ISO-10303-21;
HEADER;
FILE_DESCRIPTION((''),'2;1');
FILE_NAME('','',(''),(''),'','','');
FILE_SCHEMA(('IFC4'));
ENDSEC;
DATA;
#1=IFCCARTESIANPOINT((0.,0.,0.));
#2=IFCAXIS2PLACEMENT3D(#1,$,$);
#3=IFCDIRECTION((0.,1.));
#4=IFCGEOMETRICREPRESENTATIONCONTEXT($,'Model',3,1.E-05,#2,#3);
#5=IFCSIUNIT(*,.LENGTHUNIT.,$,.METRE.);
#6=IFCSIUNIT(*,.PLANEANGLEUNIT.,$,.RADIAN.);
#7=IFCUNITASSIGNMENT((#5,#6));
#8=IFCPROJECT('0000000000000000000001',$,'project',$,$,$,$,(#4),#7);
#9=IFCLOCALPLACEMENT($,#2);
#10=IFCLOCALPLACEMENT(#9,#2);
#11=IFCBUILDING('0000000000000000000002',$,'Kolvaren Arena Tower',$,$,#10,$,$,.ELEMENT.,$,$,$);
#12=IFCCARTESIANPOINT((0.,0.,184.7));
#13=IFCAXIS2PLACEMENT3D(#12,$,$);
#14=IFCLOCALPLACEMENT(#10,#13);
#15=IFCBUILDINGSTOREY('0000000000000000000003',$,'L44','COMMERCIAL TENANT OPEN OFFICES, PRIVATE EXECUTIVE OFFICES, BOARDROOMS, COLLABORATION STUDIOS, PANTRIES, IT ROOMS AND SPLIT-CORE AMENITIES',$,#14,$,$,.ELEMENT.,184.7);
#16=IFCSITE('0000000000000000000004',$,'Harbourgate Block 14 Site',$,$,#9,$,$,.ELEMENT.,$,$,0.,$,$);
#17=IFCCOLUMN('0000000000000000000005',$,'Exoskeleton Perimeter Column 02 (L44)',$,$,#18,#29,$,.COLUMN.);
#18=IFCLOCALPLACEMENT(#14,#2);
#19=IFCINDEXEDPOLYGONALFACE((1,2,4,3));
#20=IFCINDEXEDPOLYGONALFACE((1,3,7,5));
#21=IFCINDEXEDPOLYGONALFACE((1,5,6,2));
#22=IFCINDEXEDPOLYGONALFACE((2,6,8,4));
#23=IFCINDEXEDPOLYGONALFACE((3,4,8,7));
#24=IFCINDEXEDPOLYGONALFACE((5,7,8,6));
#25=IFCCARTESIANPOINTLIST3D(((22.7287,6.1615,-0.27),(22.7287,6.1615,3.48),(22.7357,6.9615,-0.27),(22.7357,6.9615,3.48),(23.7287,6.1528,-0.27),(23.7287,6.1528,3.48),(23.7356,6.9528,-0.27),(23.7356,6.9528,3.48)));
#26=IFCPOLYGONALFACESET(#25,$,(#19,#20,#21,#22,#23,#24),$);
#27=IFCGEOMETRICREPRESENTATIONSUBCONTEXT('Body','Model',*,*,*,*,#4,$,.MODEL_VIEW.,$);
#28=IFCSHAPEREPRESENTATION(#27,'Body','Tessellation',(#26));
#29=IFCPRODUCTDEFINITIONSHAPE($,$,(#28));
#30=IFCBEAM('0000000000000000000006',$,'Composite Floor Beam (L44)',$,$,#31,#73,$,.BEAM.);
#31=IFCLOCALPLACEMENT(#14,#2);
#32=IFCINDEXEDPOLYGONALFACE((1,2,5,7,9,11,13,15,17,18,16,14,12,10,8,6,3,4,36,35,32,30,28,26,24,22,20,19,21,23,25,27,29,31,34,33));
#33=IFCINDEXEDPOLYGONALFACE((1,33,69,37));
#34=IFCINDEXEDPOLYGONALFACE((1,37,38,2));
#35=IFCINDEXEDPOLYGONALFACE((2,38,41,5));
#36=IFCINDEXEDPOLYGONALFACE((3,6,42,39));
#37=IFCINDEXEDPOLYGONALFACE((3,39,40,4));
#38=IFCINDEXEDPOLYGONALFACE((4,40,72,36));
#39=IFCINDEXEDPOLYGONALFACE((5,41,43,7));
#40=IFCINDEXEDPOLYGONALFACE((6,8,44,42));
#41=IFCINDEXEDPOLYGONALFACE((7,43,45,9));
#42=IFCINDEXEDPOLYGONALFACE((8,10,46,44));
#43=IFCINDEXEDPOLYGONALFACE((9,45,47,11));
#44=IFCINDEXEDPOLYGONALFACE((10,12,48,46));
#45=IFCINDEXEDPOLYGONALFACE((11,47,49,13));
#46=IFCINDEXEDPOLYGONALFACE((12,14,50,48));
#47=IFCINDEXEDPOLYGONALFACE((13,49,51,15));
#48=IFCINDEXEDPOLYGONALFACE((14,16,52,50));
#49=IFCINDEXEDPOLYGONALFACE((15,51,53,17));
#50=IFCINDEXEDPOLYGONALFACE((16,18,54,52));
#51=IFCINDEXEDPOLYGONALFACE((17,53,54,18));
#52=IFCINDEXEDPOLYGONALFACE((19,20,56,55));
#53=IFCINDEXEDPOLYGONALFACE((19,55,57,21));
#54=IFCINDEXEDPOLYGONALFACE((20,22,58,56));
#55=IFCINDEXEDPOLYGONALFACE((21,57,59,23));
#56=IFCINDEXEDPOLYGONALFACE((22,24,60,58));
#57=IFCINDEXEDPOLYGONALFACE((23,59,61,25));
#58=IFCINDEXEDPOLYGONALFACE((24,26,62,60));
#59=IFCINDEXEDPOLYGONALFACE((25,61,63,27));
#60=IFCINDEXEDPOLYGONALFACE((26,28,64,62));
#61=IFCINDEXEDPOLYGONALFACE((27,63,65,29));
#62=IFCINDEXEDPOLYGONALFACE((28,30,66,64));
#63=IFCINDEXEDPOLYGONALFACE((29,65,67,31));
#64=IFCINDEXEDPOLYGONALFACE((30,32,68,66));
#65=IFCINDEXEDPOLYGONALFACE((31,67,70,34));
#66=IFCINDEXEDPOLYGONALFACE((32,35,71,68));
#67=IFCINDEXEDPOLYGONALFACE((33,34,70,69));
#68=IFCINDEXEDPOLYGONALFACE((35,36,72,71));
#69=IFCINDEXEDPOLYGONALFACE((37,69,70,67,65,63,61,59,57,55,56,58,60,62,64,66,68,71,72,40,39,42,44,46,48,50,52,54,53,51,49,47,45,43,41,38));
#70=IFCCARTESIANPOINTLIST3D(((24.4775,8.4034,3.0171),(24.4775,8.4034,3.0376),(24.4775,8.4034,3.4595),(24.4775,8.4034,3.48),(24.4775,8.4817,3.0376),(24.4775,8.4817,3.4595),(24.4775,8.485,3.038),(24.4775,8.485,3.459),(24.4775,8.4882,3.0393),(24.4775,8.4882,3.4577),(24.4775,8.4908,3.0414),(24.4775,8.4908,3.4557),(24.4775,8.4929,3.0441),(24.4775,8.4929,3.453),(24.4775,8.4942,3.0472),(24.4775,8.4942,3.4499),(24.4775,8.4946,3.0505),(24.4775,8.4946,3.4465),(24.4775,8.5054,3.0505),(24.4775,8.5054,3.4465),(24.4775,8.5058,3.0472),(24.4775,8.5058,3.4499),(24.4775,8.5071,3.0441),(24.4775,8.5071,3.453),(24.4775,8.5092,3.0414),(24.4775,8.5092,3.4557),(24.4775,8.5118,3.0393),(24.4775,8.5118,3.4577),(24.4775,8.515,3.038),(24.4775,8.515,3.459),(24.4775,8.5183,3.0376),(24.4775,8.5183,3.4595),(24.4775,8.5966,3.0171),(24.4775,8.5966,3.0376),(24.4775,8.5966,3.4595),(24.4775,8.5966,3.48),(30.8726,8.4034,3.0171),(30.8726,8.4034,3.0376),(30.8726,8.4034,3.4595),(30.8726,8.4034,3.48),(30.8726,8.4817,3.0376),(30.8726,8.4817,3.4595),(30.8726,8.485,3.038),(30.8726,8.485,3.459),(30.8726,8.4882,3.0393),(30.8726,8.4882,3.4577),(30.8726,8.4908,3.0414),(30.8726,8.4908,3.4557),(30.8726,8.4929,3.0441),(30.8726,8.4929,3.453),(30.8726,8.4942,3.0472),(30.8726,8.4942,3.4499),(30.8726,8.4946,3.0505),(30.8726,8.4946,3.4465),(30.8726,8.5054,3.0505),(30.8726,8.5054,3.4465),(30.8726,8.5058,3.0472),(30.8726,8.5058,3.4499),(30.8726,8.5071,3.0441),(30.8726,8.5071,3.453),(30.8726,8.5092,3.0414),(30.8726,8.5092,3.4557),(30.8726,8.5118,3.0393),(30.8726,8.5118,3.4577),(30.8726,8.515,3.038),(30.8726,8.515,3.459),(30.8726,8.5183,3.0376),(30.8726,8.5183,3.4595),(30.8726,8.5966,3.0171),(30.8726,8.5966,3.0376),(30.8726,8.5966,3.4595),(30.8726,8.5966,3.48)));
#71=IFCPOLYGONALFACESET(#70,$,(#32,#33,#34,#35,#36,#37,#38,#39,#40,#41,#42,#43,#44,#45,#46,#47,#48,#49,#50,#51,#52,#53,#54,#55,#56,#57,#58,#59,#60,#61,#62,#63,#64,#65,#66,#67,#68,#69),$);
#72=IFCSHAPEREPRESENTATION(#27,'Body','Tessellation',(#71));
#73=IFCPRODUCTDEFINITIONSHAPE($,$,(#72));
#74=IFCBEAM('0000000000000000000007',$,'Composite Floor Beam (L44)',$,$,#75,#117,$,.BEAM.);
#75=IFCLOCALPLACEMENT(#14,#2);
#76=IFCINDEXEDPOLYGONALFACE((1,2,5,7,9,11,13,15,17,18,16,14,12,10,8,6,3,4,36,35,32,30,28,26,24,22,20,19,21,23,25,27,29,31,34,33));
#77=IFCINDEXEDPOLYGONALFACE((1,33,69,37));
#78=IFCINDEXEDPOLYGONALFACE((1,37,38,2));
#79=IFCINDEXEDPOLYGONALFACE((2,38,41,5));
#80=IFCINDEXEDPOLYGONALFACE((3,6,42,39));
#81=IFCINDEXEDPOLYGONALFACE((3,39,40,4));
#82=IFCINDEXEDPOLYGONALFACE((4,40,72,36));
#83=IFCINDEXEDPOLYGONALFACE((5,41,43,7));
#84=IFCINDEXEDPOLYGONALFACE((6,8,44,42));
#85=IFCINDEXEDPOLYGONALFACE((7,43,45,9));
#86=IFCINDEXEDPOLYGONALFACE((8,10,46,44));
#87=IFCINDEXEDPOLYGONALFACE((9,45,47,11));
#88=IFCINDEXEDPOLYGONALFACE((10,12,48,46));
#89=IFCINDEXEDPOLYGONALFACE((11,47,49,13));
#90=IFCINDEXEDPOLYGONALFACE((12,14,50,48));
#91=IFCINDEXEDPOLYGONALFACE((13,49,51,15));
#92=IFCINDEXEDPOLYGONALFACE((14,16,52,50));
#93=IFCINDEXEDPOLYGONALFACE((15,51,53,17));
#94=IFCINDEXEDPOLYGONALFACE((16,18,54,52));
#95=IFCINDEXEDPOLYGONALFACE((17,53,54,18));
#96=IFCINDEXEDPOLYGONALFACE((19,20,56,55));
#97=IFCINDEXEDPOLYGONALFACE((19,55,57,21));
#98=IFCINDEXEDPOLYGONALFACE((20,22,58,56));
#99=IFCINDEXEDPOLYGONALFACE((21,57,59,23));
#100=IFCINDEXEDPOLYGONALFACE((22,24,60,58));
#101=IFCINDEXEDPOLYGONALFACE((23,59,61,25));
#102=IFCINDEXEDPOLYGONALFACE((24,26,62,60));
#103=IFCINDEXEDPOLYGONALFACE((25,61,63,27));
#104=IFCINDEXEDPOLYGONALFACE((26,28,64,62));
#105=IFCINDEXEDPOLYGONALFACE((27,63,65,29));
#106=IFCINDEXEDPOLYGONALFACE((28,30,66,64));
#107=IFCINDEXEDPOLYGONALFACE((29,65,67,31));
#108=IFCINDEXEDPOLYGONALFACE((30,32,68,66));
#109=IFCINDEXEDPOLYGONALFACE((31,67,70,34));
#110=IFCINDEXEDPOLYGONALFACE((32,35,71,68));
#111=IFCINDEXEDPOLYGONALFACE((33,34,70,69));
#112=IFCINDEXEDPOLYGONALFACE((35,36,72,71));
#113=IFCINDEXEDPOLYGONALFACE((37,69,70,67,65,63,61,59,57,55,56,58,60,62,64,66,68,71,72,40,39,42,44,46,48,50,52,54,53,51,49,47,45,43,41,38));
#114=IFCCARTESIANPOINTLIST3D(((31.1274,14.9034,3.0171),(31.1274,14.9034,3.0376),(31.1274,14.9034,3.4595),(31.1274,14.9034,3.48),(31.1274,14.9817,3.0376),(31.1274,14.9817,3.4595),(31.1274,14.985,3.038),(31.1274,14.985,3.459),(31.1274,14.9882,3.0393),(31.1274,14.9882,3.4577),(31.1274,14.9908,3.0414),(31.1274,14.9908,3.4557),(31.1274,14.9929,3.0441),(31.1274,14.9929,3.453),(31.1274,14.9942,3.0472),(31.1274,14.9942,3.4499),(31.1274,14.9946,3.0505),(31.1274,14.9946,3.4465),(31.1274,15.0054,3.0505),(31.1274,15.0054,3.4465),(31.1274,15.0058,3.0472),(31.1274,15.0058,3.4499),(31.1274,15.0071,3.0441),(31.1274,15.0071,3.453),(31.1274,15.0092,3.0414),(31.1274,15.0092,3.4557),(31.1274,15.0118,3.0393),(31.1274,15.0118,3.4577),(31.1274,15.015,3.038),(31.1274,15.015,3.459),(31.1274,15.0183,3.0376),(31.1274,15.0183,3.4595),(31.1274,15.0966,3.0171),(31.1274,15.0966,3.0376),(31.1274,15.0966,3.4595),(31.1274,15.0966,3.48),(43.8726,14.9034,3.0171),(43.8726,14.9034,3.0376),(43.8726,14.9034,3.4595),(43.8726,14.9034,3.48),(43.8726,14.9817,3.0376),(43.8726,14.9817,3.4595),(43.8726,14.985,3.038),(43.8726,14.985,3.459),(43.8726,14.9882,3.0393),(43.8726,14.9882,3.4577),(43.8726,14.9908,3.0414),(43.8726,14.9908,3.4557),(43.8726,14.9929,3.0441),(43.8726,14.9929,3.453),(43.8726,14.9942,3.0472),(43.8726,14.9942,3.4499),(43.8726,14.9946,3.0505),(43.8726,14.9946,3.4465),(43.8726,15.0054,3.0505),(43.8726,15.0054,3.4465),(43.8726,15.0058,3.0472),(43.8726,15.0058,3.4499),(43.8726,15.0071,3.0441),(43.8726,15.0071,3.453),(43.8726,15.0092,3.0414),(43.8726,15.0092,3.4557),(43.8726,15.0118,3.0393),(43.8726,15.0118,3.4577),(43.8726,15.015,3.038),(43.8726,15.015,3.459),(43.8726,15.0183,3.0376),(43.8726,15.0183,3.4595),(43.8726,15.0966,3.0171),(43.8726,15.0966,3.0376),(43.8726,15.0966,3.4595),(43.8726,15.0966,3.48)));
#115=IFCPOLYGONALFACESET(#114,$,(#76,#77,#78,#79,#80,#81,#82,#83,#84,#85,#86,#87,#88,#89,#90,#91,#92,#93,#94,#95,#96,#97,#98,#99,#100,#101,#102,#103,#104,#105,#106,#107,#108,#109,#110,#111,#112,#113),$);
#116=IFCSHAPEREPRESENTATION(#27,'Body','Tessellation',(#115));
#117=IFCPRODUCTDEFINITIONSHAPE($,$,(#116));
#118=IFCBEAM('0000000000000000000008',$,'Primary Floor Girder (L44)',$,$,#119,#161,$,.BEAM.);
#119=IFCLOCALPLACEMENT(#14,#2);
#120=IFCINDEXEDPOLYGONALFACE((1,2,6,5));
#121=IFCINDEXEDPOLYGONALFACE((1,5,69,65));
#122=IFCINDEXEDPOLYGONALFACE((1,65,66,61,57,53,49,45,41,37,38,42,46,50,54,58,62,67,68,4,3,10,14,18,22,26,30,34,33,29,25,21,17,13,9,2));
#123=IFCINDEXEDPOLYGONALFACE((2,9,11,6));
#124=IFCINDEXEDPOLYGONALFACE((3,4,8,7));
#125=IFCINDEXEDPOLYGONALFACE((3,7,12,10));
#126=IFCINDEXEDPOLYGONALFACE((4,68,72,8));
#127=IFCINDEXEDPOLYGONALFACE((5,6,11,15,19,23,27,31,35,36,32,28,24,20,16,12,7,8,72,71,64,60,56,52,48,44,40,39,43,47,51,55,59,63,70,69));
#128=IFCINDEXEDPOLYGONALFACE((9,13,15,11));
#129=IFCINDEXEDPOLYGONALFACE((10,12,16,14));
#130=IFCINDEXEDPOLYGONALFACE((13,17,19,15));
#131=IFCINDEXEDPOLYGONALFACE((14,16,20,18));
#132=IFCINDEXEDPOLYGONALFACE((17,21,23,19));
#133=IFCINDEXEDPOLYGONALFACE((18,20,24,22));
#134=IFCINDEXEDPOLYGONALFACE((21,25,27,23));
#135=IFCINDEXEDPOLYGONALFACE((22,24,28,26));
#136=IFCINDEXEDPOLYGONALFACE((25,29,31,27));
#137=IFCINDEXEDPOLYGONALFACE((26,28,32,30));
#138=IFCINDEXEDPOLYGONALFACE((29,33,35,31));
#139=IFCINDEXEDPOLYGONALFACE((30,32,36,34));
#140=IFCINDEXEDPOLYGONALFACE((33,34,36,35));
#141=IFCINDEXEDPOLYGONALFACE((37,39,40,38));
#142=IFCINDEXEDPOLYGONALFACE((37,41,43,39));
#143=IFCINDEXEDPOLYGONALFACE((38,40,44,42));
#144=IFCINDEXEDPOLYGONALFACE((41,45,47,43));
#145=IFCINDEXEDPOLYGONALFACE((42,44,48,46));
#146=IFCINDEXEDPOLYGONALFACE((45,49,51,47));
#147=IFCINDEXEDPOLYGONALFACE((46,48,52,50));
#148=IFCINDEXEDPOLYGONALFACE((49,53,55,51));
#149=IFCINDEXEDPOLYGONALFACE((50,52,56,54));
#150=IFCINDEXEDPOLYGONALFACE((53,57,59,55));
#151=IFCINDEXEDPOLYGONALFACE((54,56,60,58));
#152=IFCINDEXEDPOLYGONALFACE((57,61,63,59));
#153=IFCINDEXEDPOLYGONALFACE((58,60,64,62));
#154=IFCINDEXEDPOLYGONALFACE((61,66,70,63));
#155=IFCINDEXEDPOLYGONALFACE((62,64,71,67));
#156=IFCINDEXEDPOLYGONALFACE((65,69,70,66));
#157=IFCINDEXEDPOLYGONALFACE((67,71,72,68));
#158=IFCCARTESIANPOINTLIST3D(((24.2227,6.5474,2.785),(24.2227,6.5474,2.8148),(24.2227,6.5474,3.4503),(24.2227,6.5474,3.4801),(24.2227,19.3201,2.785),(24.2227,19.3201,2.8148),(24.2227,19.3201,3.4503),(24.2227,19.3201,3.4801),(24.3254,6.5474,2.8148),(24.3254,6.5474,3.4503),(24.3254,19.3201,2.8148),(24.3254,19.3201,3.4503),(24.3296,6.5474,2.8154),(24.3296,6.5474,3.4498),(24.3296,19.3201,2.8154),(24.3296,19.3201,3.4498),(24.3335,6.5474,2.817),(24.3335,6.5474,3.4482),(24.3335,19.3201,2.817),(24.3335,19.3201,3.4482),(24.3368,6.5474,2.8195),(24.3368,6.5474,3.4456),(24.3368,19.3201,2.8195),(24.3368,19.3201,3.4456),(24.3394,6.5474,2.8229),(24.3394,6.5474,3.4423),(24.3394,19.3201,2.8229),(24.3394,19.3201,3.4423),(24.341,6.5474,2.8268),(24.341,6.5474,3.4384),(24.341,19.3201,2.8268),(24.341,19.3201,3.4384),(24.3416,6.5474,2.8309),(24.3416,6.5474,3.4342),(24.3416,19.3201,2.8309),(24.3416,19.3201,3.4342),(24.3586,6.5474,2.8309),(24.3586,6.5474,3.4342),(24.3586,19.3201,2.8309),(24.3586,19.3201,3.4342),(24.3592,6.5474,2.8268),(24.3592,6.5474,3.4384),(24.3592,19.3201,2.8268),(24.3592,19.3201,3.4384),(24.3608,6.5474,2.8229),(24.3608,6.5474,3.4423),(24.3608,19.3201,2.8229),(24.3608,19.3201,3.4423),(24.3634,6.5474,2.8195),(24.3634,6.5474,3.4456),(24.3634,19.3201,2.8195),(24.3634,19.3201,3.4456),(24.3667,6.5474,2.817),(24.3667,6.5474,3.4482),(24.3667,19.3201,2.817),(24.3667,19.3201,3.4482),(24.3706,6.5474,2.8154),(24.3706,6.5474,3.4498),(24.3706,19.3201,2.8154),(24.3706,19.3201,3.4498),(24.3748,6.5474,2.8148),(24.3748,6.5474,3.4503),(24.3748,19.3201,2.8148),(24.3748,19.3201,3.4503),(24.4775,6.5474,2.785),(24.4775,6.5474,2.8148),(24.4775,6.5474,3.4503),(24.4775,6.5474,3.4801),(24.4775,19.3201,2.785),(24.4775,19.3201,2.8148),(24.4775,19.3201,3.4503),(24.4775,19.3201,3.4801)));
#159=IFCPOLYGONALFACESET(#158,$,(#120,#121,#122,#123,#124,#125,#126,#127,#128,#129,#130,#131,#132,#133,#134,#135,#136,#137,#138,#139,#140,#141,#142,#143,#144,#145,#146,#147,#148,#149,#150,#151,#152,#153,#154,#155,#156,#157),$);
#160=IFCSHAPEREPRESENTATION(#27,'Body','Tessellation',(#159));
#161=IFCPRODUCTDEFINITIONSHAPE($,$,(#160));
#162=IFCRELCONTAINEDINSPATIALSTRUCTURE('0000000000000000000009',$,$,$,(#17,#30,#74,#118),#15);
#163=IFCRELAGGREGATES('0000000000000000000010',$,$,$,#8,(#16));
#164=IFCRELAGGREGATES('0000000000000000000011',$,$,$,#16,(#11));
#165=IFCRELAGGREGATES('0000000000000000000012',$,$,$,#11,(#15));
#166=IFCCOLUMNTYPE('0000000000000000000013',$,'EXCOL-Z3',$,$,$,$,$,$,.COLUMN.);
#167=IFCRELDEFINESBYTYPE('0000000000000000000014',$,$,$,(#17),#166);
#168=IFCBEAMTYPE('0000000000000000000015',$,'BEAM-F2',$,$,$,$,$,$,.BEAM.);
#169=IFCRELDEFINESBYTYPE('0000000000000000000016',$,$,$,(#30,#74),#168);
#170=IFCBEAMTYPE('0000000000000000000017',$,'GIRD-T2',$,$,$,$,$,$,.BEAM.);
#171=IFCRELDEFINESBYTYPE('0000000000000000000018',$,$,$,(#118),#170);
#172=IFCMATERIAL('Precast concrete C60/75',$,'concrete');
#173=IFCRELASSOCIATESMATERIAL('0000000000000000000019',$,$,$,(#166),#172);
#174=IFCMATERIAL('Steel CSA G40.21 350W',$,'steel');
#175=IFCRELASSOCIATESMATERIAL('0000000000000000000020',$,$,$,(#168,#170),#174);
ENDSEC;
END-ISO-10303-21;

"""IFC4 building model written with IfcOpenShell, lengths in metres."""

from ifc_helpers import new_model, si_unit, direction, frame, origin, origin_2d, place, context, subcontext, project, spatial, rectangle, i_section, extrude, material, material_profile, profile_set, type_object, element, save


model = new_model("IFC4")

# Units and contexts
model_context = context("Model", 3, precision=1e-05, world=origin(), true_north=direction((0.0, 1.0)))
body_context = subcontext(model_context, "Body", "Model", "MODEL_VIEW")
ifc_project = project(units=[si_unit("LENGTHUNIT", "METRE"), si_unit("PLANEANGLEUNIT", "RADIAN")], contexts=[model_context])

# Site, building, storey
site_placement = place(None, origin())
site = spatial("IfcSite", under=ifc_project, at=site_placement, Name="Harbourgate Block 14 Site", CompositionType="ELEMENT", RefElevation=0.0)
building_placement = place(site_placement, origin())
building = spatial("IfcBuilding", under=site, at=building_placement, Name="Kolvaren Arena Tower", CompositionType="ELEMENT")
storey_placement = place(building_placement, frame((0.0, 0.0, 184.7)))
storey = spatial("IfcBuildingStorey", under=building, at=storey_placement, Name="L44", Description="COMMERCIAL TENANT OPEN OFFICES, PRIVATE EXECUTIVE OFFICES, BOARDROOMS, COLLABORATION STUDIOS, PANTRIES, IT ROOMS AND SPLIT-CORE AMENITIES", CompositionType="ELEMENT", Elevation=184.7)

# Column
ifc_material_1 = material(Name="Precast concrete C60/75", Category="concrete")
ifc_material_profile_1 = material_profile(ifc_material_1, rectangle(XDim=1.0, YDim=0.8, at=origin_2d()), Name="RC-1000x800")
ifc_profile_set_1 = profile_set([ifc_material_profile_1], Name="Precast concrete C60/75")
column_type = type_object("IfcColumnType", Name="EXCOL-Z3", PredefinedType="COLUMN", material=ifc_profile_set_1)
column_placement = place(storey_placement, frame((23.2322, 6.5571, -0.27), z_axis=(0.0, 0.0, 1.0), x_axis=(0.999962, -0.008727, 0.0)))
element("IfcColumn", 1, at=column_placement, inside=storey, type_object=column_type, Name="Exoskeleton Perimeter Column 02 (L44)", PredefinedType="COLUMN", context=body_context, shape_type="SweptSolid", body=[
    extrude(rectangle(XDim=1.0, YDim=0.8, at=origin_2d()), origin(), (0.0, 0.0, 1.0), 3.75),
])

# Beams
ifc_material_2 = material(Name="Steel CSA G40.21 350W", Category="steel")
ifc_material_profile_2 = material_profile(ifc_material_2, i_section(OverallWidth=0.1931, OverallDepth=0.4629, WebThickness=0.0107, FlangeThickness=0.0205, FilletRadius=0.0129, at=origin_2d()), Name="W460x113")
ifc_profile_set_2 = profile_set([ifc_material_profile_2], Name="Steel CSA G40.21 350W")
beam_type_1 = type_object("IfcBeamType", Name="BEAM-F2", PredefinedType="BEAM", material=ifc_profile_set_2)
beam_1_placement = place(storey_placement, frame((24.4775, 8.5, 3.2485), z_axis=(1.0, 0.0, 0.0), x_axis=(0.0, 1.0, 0.0)))
element("IfcBeam", 2, at=beam_1_placement, inside=storey, type_object=beam_type_1, Name="Composite Floor Beam (L44)", PredefinedType="BEAM", context=body_context, shape_type="SweptSolid", body=[
    extrude(i_section(OverallWidth=0.1931, OverallDepth=0.4629, WebThickness=0.0107, FlangeThickness=0.0205, FilletRadius=0.0129, at=origin_2d()), origin(), (0.0, 0.0, 1.0), 6.395),
])
beam_2_placement = place(storey_placement, frame((31.1274, 15.0, 3.2485), z_axis=(1.0, 0.0, 0.0), x_axis=(0.0, 1.0, 0.0)))
element("IfcBeam", 3, at=beam_2_placement, inside=storey, type_object=beam_type_1, Name="Composite Floor Beam (L44)", PredefinedType="BEAM", context=body_context, shape_type="SweptSolid", body=[
    extrude(i_section(OverallWidth=0.1931, OverallDepth=0.4629, WebThickness=0.0107, FlangeThickness=0.0205, FilletRadius=0.0129, at=origin_2d()), origin(), (0.0, 0.0, 1.0), 12.7451),
])
ifc_material_profile_3 = material_profile(ifc_material_2, i_section(OverallWidth=0.2549, OverallDepth=0.6951, WebThickness=0.0171, FlangeThickness=0.0298, FilletRadius=0.0161, at=origin_2d()), Name="W690x217")
ifc_profile_set_3 = profile_set([ifc_material_profile_3], Name="Steel CSA G40.21 350W")
beam_type_2 = type_object("IfcBeamType", Name="GIRD-T2", PredefinedType="BEAM", material=ifc_profile_set_3)
beam_3_placement = place(storey_placement, frame((24.3501, 6.5474, 3.1326), z_axis=(0.0, 1.0, 0.0), x_axis=(-1.0, 0.0, 0.0)))
element("IfcBeam", 4, at=beam_3_placement, inside=storey, type_object=beam_type_2, Name="Primary Floor Girder (L44)", PredefinedType="BEAM", context=body_context, shape_type="SweptSolid", body=[
    extrude(i_section(OverallWidth=0.2549, OverallDepth=0.6951, WebThickness=0.0171, FlangeThickness=0.0298, FilletRadius=0.0161, at=origin_2d()), origin(), (0.0, 0.0, 1.0), 12.7727),
])

save(model, "model.ifc")
